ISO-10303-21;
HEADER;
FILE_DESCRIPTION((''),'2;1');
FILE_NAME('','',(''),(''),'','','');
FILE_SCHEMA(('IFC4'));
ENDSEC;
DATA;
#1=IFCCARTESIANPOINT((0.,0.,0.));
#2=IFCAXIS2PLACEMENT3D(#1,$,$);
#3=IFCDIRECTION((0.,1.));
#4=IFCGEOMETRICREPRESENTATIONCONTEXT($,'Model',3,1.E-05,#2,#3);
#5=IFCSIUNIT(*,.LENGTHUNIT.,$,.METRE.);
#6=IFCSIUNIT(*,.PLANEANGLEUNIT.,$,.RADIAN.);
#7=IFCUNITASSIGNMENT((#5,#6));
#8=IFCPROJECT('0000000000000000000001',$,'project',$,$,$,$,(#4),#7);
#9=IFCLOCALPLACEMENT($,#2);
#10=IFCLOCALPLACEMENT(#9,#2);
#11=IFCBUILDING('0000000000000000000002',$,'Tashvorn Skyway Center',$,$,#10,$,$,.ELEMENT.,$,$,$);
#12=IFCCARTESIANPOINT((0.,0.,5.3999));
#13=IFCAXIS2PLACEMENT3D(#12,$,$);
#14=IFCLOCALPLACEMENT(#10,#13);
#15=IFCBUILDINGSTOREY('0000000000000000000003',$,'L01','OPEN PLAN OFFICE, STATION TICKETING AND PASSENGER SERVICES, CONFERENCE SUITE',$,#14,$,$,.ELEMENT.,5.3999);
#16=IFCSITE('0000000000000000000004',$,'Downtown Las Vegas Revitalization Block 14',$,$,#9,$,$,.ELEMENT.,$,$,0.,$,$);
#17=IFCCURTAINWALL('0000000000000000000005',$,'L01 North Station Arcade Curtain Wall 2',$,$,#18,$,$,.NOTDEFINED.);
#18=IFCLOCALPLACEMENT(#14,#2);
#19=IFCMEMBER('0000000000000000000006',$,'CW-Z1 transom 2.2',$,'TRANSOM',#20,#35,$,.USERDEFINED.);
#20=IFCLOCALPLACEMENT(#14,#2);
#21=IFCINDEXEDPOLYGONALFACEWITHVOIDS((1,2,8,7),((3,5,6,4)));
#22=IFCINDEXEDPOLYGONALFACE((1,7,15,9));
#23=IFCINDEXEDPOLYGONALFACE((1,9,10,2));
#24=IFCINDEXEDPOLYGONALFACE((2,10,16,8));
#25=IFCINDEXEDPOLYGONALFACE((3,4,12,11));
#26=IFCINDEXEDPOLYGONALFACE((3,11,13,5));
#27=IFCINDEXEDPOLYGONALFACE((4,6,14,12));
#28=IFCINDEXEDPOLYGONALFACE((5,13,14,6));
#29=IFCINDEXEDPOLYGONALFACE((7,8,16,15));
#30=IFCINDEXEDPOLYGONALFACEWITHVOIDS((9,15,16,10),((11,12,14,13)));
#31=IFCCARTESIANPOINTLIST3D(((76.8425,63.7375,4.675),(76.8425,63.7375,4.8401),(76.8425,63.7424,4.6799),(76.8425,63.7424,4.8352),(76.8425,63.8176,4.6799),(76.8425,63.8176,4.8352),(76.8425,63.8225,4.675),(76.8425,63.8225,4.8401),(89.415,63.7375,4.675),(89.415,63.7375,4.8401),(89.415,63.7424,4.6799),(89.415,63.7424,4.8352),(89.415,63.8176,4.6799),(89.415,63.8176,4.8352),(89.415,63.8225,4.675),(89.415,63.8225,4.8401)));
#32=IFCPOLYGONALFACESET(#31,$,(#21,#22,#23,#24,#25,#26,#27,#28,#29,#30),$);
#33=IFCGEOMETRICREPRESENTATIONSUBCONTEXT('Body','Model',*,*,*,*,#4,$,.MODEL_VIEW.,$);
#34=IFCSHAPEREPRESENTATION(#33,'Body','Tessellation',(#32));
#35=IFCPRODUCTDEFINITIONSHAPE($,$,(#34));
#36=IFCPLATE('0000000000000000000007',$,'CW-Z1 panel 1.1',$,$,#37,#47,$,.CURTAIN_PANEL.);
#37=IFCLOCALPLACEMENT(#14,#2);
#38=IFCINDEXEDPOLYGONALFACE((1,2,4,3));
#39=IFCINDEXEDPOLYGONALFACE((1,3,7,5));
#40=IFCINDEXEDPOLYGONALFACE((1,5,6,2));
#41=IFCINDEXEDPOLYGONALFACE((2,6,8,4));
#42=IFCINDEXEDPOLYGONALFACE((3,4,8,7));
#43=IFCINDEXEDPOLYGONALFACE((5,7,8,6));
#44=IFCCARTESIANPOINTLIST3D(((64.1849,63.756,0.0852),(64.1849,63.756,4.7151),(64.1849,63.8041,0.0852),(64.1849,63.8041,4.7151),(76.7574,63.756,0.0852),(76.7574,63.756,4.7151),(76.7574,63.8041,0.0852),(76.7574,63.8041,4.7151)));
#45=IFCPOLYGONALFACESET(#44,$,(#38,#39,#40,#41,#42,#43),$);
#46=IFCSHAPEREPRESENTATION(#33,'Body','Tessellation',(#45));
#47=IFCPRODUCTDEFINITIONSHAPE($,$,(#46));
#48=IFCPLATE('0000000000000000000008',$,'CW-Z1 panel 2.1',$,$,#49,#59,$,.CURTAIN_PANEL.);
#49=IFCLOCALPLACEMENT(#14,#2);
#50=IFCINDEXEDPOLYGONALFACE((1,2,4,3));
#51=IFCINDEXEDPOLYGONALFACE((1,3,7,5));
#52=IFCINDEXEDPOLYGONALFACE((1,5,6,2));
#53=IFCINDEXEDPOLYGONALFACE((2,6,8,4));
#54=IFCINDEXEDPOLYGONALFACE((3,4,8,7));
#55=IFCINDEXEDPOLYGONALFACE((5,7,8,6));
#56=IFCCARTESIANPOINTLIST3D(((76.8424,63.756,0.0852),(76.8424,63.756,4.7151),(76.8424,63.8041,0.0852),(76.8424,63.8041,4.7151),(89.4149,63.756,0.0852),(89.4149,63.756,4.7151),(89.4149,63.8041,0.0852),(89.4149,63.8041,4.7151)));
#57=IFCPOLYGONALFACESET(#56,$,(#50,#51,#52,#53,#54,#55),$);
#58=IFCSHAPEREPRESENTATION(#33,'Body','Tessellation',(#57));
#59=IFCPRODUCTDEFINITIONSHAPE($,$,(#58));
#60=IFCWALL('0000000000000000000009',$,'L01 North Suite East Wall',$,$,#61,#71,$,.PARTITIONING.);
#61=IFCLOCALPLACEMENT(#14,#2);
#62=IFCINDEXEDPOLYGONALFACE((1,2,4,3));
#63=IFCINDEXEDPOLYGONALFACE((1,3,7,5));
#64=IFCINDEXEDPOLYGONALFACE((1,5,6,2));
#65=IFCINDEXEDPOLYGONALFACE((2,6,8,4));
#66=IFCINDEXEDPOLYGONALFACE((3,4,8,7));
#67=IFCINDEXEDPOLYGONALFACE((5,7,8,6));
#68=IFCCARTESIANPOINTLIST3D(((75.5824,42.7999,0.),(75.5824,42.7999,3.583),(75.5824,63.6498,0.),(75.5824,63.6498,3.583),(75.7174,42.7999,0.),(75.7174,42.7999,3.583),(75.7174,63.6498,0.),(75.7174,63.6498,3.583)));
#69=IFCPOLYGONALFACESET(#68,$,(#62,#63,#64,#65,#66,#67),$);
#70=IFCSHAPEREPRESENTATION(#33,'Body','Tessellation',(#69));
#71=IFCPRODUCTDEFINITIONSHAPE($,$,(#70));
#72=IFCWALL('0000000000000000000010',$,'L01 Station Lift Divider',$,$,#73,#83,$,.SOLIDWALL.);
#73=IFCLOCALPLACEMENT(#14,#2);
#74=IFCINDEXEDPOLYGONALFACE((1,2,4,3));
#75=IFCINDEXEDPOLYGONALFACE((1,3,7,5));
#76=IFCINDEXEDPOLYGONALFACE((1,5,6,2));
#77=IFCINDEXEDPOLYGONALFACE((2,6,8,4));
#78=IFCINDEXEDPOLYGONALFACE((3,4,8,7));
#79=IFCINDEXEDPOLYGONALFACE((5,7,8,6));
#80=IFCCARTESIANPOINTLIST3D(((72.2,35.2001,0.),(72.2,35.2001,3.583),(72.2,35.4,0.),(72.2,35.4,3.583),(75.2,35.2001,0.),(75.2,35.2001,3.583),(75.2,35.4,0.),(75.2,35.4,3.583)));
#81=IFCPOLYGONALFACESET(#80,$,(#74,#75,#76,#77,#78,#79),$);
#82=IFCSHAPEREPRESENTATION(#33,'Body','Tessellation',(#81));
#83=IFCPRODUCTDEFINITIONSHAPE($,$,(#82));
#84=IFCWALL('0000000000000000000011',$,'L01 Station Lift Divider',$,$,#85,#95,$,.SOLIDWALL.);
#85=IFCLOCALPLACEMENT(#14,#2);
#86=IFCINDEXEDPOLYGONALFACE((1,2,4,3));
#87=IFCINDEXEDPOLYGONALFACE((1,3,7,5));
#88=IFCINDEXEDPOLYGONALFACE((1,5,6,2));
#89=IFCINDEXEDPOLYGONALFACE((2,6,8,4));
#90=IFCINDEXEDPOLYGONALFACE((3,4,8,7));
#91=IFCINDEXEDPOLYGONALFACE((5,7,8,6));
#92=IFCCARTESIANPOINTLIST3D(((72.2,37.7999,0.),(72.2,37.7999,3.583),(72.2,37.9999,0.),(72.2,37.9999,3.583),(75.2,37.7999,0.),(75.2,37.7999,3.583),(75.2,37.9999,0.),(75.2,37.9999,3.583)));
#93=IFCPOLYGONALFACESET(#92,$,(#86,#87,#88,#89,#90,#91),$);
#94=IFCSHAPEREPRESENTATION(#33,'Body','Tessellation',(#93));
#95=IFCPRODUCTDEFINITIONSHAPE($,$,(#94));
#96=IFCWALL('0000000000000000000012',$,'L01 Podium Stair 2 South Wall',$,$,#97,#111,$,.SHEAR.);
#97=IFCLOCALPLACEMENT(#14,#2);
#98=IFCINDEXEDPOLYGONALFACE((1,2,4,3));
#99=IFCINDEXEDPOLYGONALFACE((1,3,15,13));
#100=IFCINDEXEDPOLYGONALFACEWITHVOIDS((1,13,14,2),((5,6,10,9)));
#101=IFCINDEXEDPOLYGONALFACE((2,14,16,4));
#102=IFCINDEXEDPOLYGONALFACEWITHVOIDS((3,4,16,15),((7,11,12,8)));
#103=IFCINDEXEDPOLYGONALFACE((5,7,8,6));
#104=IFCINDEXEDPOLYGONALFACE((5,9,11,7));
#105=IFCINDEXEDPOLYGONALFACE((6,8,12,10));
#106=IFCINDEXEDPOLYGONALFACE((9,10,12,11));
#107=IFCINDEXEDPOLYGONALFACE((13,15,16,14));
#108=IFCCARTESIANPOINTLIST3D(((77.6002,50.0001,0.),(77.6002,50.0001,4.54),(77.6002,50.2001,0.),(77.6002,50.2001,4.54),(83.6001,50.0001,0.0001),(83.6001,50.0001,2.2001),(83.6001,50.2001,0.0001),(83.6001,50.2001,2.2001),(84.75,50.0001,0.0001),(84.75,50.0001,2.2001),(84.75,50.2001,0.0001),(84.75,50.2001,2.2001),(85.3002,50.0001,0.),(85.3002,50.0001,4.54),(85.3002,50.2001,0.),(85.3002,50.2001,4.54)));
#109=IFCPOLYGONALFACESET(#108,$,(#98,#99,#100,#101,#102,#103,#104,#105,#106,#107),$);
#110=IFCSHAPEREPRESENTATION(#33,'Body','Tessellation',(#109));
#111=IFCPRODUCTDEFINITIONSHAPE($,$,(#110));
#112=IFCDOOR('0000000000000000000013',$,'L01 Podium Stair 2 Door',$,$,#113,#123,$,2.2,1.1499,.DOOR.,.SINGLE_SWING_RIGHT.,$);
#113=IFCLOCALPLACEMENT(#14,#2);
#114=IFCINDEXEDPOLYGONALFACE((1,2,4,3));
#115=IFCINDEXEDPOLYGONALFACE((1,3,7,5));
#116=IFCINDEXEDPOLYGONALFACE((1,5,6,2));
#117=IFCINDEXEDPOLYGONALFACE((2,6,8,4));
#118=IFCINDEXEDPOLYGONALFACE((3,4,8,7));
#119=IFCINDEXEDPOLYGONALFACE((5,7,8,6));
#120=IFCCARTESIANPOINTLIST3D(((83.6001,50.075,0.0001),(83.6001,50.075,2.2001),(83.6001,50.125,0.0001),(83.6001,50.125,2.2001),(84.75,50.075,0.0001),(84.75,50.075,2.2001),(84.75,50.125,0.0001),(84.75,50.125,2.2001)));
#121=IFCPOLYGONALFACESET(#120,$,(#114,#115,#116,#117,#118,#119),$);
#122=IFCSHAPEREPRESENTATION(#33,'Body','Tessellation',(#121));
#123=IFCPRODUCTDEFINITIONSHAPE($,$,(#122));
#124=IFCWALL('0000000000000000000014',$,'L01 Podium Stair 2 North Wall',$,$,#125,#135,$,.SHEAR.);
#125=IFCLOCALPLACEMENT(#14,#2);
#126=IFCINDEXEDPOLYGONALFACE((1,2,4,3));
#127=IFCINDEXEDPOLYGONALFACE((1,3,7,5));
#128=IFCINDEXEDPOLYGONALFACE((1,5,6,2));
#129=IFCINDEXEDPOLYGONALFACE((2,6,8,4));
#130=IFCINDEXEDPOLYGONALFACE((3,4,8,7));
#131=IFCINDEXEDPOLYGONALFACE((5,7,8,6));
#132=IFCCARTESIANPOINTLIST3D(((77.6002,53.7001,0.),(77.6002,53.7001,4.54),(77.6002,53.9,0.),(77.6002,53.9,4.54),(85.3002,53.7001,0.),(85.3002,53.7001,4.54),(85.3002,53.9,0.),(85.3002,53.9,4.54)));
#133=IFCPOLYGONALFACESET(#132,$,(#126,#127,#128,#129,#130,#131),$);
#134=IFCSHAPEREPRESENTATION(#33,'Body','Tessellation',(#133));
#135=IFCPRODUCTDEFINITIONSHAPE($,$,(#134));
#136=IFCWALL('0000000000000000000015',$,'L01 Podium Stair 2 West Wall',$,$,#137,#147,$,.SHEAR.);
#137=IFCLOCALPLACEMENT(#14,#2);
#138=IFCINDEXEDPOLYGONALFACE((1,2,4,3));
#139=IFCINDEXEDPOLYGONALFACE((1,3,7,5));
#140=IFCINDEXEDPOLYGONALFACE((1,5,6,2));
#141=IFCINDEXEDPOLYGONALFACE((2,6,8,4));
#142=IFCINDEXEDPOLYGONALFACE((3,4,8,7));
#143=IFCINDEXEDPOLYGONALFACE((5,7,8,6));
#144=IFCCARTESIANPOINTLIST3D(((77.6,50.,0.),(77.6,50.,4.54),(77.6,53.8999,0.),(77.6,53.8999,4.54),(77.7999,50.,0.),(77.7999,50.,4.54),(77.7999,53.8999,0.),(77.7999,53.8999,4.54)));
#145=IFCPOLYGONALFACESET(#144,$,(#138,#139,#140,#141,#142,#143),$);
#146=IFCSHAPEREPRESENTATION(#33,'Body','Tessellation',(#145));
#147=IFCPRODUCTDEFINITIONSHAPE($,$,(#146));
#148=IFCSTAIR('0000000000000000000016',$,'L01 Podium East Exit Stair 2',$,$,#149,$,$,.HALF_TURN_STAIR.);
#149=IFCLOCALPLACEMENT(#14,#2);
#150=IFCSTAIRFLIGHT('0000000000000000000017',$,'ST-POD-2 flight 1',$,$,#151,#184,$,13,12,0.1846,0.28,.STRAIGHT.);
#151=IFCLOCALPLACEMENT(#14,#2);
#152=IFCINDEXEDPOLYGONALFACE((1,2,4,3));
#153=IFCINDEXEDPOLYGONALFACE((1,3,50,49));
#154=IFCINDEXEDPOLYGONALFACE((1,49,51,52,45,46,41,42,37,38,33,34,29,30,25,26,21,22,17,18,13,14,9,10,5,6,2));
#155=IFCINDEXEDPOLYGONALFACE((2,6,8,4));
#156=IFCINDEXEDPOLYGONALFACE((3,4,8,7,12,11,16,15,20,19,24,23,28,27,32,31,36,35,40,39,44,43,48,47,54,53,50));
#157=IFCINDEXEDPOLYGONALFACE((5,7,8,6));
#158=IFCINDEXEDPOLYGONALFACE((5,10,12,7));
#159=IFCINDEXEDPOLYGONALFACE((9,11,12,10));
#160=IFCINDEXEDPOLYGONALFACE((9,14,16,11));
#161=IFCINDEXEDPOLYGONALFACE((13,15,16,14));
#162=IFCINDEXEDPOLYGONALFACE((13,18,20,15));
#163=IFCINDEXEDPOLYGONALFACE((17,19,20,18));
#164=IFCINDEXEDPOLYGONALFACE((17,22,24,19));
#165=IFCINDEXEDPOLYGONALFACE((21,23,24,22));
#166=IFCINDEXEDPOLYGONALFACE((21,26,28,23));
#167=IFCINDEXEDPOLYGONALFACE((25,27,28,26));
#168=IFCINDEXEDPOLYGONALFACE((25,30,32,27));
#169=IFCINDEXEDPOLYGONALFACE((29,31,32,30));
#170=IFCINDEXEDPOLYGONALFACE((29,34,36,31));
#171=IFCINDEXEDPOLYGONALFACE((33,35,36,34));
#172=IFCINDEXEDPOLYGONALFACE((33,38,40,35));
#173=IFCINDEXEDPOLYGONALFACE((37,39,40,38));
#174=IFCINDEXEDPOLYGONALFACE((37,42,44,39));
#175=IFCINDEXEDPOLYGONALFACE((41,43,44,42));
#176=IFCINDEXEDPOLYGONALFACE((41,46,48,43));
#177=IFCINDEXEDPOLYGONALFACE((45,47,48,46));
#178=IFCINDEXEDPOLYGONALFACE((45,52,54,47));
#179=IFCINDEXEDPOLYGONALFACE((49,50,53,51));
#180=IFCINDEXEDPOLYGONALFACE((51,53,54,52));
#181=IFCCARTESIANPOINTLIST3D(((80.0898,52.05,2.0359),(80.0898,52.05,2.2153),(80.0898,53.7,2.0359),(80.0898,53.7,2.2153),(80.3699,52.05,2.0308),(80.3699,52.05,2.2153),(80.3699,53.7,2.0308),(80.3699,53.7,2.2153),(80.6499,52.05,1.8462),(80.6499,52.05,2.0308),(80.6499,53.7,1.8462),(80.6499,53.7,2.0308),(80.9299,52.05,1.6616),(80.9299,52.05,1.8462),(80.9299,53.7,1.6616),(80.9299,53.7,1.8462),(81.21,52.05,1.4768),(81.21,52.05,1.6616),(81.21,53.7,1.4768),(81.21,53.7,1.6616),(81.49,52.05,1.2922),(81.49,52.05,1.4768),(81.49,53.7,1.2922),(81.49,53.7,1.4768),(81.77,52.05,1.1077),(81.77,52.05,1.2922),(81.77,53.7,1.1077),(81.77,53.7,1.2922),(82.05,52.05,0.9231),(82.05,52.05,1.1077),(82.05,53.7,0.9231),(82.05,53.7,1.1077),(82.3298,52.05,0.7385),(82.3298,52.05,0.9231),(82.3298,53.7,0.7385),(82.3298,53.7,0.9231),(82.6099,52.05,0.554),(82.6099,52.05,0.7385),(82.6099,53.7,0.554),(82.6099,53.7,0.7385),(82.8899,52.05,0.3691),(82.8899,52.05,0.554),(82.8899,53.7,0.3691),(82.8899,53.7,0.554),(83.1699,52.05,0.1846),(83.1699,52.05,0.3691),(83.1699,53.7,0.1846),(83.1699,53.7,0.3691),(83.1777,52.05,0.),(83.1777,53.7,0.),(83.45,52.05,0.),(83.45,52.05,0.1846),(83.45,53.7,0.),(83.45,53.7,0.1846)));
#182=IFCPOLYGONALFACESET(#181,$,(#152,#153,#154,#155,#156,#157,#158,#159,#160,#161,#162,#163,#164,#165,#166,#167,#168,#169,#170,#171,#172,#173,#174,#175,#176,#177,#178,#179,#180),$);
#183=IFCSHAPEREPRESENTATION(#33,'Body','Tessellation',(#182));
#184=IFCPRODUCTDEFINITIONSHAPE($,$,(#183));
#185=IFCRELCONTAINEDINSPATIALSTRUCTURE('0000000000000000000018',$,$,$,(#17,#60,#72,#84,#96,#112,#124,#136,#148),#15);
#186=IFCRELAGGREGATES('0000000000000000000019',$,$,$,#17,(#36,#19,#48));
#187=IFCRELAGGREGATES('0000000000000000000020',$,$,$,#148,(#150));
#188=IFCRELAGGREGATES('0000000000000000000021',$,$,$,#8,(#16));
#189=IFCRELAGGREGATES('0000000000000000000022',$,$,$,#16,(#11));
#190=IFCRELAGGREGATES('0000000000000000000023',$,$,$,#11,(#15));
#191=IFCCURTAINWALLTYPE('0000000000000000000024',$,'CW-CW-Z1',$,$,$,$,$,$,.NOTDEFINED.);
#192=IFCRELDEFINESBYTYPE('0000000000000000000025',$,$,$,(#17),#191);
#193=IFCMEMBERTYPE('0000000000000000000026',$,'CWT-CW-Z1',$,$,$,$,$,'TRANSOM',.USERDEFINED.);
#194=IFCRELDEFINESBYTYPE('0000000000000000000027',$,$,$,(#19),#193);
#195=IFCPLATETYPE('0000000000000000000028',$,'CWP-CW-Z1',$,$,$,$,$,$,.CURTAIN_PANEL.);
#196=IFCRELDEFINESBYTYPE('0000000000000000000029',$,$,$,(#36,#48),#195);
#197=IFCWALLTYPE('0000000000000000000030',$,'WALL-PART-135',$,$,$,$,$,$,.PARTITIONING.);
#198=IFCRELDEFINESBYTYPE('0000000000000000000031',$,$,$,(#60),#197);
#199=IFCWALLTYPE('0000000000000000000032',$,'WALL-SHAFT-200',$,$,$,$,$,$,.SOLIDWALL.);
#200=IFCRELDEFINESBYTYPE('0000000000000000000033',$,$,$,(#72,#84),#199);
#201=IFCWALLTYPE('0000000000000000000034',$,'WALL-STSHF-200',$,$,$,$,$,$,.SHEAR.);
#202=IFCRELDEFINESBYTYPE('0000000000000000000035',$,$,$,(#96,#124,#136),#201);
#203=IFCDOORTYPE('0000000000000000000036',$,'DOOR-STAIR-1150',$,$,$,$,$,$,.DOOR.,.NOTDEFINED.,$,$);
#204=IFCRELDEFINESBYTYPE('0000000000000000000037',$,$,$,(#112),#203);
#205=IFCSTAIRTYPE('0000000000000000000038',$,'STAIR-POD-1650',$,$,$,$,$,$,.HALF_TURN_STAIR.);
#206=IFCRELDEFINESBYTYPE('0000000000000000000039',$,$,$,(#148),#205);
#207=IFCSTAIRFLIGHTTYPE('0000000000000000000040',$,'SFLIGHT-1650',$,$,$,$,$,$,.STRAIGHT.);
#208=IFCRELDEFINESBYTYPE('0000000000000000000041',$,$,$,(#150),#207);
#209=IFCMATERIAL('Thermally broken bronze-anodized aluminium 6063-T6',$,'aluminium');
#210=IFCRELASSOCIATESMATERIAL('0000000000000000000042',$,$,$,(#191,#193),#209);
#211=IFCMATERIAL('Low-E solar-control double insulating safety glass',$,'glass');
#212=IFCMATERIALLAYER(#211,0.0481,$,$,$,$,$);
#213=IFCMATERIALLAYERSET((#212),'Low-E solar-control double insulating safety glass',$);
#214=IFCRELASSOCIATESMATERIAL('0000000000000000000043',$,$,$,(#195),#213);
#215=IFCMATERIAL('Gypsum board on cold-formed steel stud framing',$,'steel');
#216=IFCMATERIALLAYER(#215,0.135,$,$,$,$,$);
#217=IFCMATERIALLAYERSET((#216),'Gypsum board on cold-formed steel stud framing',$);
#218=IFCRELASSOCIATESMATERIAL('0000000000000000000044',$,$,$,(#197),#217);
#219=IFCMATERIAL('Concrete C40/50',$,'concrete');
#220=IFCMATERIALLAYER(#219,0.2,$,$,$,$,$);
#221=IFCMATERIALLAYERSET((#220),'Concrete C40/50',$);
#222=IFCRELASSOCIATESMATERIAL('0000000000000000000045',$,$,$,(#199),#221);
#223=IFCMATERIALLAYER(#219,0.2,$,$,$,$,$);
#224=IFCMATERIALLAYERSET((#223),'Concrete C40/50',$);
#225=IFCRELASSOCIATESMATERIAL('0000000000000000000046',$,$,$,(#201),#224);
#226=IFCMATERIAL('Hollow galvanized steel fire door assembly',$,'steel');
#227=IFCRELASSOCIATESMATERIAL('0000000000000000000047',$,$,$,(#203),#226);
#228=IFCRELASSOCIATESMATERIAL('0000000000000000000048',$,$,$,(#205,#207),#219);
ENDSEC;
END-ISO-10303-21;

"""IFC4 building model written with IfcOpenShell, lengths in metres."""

from ifc_helpers import new_model, si_unit, direction, frame, frame_2d, origin, origin_2d, place, context, subcontext, project, spatial, polyline, rectangle, hollow_rectangle, outline, extrude, material, layer, layer_set, material_profile, profile_set, type_object, element, fill, aggregate, save


model = new_model("IFC4")

# Units and contexts
model_context = context("Model", 3, precision=1e-05, world=origin(), true_north=direction((0.0, 1.0)))
body_context = subcontext(model_context, "Body", "Model", "MODEL_VIEW")
ifc_project = project(units=[si_unit("LENGTHUNIT", "METRE"), si_unit("PLANEANGLEUNIT", "RADIAN")], contexts=[model_context])

# Site, building, storey
site_placement = place(None, origin())
site = spatial("IfcSite", under=ifc_project, at=site_placement, Name="Downtown Las Vegas Revitalization Block 14", CompositionType="ELEMENT", RefElevation=0.0)
building_placement = place(site_placement, origin())
building = spatial("IfcBuilding", under=site, at=building_placement, Name="Tashvorn Skyway Center", CompositionType="ELEMENT")
storey_placement = place(building_placement, frame((0.0, 0.0, 5.3999)))
storey = spatial("IfcBuildingStorey", under=building, at=storey_placement, Name="L01", Description="OPEN PLAN OFFICE, STATION TICKETING AND PASSENGER SERVICES, CONFERENCE SUITE", CompositionType="ELEMENT", Elevation=5.3999)

# Curtain wall, member, plates
ifc_material_1 = material(Name="Thermally broken bronze-anodized aluminium 6063-T6", Category="aluminium")
curtain_wall_type = type_object("IfcCurtainWallType", Name="CW-CW-Z1", PredefinedType="NOTDEFINED", material=ifc_material_1)
curtain_wall_placement = place(storey_placement, origin())
curtain_wall = element("IfcCurtainWall", 1, at=curtain_wall_placement, inside=storey, type_object=curtain_wall_type, Name="L01 North Station Arcade Curtain Wall 2", PredefinedType="NOTDEFINED")
ifc_material_profile_1 = material_profile(ifc_material_1, hollow_rectangle(XDim=0.085, YDim=0.165, WallThickness=0.0049, at=origin_2d()), Name="ALU-TRAN-85x165")
ifc_profile_set_1 = profile_set([ifc_material_profile_1], Name="Thermally broken bronze-anodized aluminium 6063-T6")
member_type_1 = type_object("IfcMemberType", Name="CWT-CW-Z1", ElementType="TRANSOM", PredefinedType="USERDEFINED", material=ifc_profile_set_1)
member_1_placement = place(storey_placement, frame((76.8425, 63.78, 4.7576), z_axis=(1.0, 0.0, 0.0), x_axis=(0.0, 1.0, 0.0)))
member_1 = element("IfcMember", 2, at=member_1_placement, type_object=member_type_1, Name="CW-Z1 transom 2.2", ObjectType="TRANSOM", PredefinedType="USERDEFINED", context=body_context, shape_type="SweptSolid", body=[
    extrude(hollow_rectangle(XDim=0.085, YDim=0.165, WallThickness=0.0049, at=origin_2d()), origin(), (0.0, 0.0, 1.0), 12.5725),
])
ifc_material_2 = material(Name="Low-E solar-control double insulating safety glass", Category="glass")
ifc_layer_1 = layer(ifc_material_2, 0.0481)
ifc_layer_set_1 = layer_set([ifc_layer_1], Name="Low-E solar-control double insulating safety glass")
plate_type = type_object("IfcPlateType", Name="CWP-CW-Z1", PredefinedType="CURTAIN_PANEL", material=ifc_layer_set_1)
plate_1_placement = place(storey_placement, frame((70.4712, 63.78, 0.0852), z_axis=(0.0, 0.0, 1.0), x_axis=(1.0, 0.0, 0.0)))
plate_1 = element("IfcPlate", 3, at=plate_1_placement, type_object=plate_type, Name="CW-Z1 panel 1.1", PredefinedType="CURTAIN_PANEL", context=body_context, shape_type="SweptSolid", body=[
    extrude(rectangle(XDim=12.5725, YDim=0.0481, at=origin_2d()), origin(), (0.0, 0.0, 1.0), 4.6299),
])
plate_2_placement = place(storey_placement, frame((83.1287, 63.78, 0.0852), z_axis=(0.0, 0.0, 1.0), x_axis=(1.0, 0.0, 0.0)))
plate_2 = element("IfcPlate", 4, at=plate_2_placement, type_object=plate_type, Name="CW-Z1 panel 2.1", PredefinedType="CURTAIN_PANEL", context=body_context, shape_type="SweptSolid", body=[
    extrude(rectangle(XDim=12.5725, YDim=0.0481, at=origin_2d()), origin(), (0.0, 0.0, 1.0), 4.6299),
])
aggregate(curtain_wall, [plate_1, member_1, plate_2])

# Walls
ifc_material_3 = material(Name="Gypsum board on cold-formed steel stud framing", Category="steel")
ifc_layer_2 = layer(ifc_material_3, 0.135)
ifc_layer_set_2 = layer_set([ifc_layer_2], Name="Gypsum board on cold-formed steel stud framing")
wall_type_1 = type_object("IfcWallType", Name="WALL-PART-135", PredefinedType="PARTITIONING", material=ifc_layer_set_2)
wall_1_placement = place(storey_placement, frame((75.6499, 42.8, 0.0), z_axis=(0.0, 0.0, 1.0), x_axis=(0.0, 1.0, 0.0)))
element("IfcWall", 5, at=wall_1_placement, inside=storey, type_object=wall_type_1, Name="L01 North Suite East Wall", PredefinedType="PARTITIONING", context=body_context, shape_type="SweptSolid", body=[
    extrude(rectangle(XDim=20.8499, YDim=0.135, at=frame_2d((10.4248, 0.0))), origin(), (0.0, 0.0, 1.0), 3.583),
])
ifc_material_4 = material(Name="Concrete C40/50", Category="concrete")
ifc_layer_3 = layer(ifc_material_4, 0.2)
ifc_layer_set_3 = layer_set([ifc_layer_3], Name="Concrete C40/50")
wall_type_2 = type_object("IfcWallType", Name="WALL-SHAFT-200", PredefinedType="SOLIDWALL", material=ifc_layer_set_3)
for number, where, z_axis, x_axis, name in (
    (6, (72.2, 35.3, 0.0), (0.0, 0.0, 1.0), (1.0, 0.0, 0.0), "L01 Station Lift Divider"),
    (7, (72.2, 37.8999, 0.0), (0.0, 0.0, 1.0), (1.0, 0.0, 0.0), "L01 Station Lift Divider"),
):
    element("IfcWall", number, at=place(storey_placement, frame(where, z_axis=z_axis, x_axis=x_axis)), inside=storey, type_object=wall_type_2, Name=name, PredefinedType="SOLIDWALL", context=body_context, shape_type="SweptSolid", body=[
        extrude(rectangle(XDim=3.0, YDim=0.2, at=frame_2d((1.5, 0.0))), origin(), (0.0, 0.0, 1.0), 3.583),
    ])

# Wall, opening, door
ifc_layer_4 = layer(ifc_material_4, 0.2)
ifc_layer_set_4 = layer_set([ifc_layer_4], Name="Concrete C40/50")
wall_type_3 = type_object("IfcWallType", Name="WALL-STSHF-200", PredefinedType="SHEAR", material=ifc_layer_set_4)
wall_2_placement = place(storey_placement, frame((77.6001, 50.1001, 0.0), z_axis=(0.0, 0.0, 1.0), x_axis=(1.0, 0.0, 0.0)))
wall_2 = element("IfcWall", 8, at=wall_2_placement, inside=storey, type_object=wall_type_3, Name="L01 Podium Stair 2 South Wall", PredefinedType="SHEAR", context=body_context, shape_type="SweptSolid", body=[
    extrude(rectangle(XDim=7.7, YDim=0.2, at=frame_2d((3.8501, 0.0))), origin(), (0.0, 0.0, 1.0), 4.54),
])
opening_placement = place(wall_2_placement, frame((6.0, 0.0, 0.0)))
opening = element("IfcOpeningElement", 9, at=opening_placement, cuts=wall_2, PredefinedType="OPENING", context=body_context, shape_type="SweptSolid", body=[
    extrude(rectangle(XDim=1.1499, YDim=2.2, at=frame_2d((0.575, 1.1001))), frame((0.0, 0.1099, 0.0), z_axis=(0.0, -1.0, 0.0), x_axis=(1.0, 0.0, 0.0)), (0.0, 0.0, 1.0), 0.22),
])
ifc_material_5 = material(Name="Hollow galvanized steel fire door assembly", Category="steel")
door_type = type_object("IfcDoorType", Name="DOOR-STAIR-1150", OperationType="NOTDEFINED", PredefinedType="DOOR", material=ifc_material_5)
door_placement = place(opening_placement, origin())
door = element("IfcDoor", 10, at=door_placement, inside=storey, type_object=door_type, Name="L01 Podium Stair 2 Door", OperationType="SINGLE_SWING_RIGHT", OverallHeight=2.2, OverallWidth=1.1499, PredefinedType="DOOR", context=body_context, shape_type="SweptSolid", body=[
    extrude(rectangle(XDim=1.1499, YDim=2.2, at=frame_2d((0.575, 1.1001))), frame((0.0, 0.0249, 0.0), z_axis=(0.0, -1.0, 0.0), x_axis=(1.0, 0.0, 0.0)), (0.0, 0.0, 1.0), 0.05),
])
fill(opening, door)

# Walls
wall_3_placement = place(storey_placement, frame((77.6001, 53.8, 0.0), z_axis=(0.0, 0.0, 1.0), x_axis=(1.0, 0.0, 0.0)))
element("IfcWall", 11, at=wall_3_placement, inside=storey, type_object=wall_type_3, Name="L01 Podium Stair 2 North Wall", PredefinedType="SHEAR", context=body_context, shape_type="SweptSolid", body=[
    extrude(rectangle(XDim=7.7, YDim=0.2, at=frame_2d((3.8501, 0.0))), origin(), (0.0, 0.0, 1.0), 4.54),
])
wall_4_placement = place(storey_placement, frame((77.7, 50.0, 0.0), z_axis=(0.0, 0.0, 1.0), x_axis=(0.0, 1.0, 0.0)))
element("IfcWall", 12, at=wall_4_placement, inside=storey, type_object=wall_type_3, Name="L01 Podium Stair 2 West Wall", PredefinedType="SHEAR", context=body_context, shape_type="SweptSolid", body=[
    extrude(rectangle(XDim=3.8999, YDim=0.2, at=frame_2d((1.95, 0.0))), origin(), (0.0, 0.0, 1.0), 4.54),
])

# Stair, stair flight
stair_type = type_object("IfcStairType", Name="STAIR-POD-1650", PredefinedType="HALF_TURN_STAIR", material=ifc_material_4)
stair_placement = place(storey_placement, origin())
stair = element("IfcStair", 13, at=stair_placement, inside=storey, type_object=stair_type, Name="L01 Podium East Exit Stair 2", PredefinedType="HALF_TURN_STAIR")
stair_flight_type = type_object("IfcStairFlightType", Name="SFLIGHT-1650", PredefinedType="STRAIGHT", material=ifc_material_4)
stair_flight_1_placement = place(storey_placement, frame((83.45, 52.875, 0.0), z_axis=(0.0, 0.0, 1.0), x_axis=(-1.0, 0.0, 0.0)))
stair_flight_1 = element("IfcStairFlight", 14, at=stair_flight_1_placement, type_object=stair_flight_type, Name="ST-POD-2 flight 1", NumberOfRisers=13, NumberOfTreads=12, PredefinedType="STRAIGHT", RiserHeight=0.1846, TreadLength=0.28, context=body_context, shape_type="SweptSolid", body=[
    extrude(outline(polyline([(0.0, 0.0), (0.0, 0.1846), (0.28, 0.1846), (0.28, 0.3691), (0.5601, 0.3691), (0.5601, 0.554), (0.8401, 0.554), (0.8401, 0.7385), (1.1201, 0.7385), (1.1201, 0.9231), (1.3999, 0.9231), (1.3999, 1.1077), (1.6799, 1.1077), (1.6799, 1.2922), (1.96, 1.2922), (1.96, 1.4768), (2.24, 1.4768), (2.24, 1.6616), (2.52, 1.6616), (2.52, 1.8462), (2.8, 1.8462), (2.8, 2.0308), (3.0801, 2.0308), (3.0801, 2.2153), (3.3601, 2.2153), (3.3601, 2.3999), (3.3601, 2.0359), (0.2722, 0.0), (0.0, 0.0)])), frame((0.0, 0.825, 0.0), z_axis=(0.0, -1.0, 0.0), x_axis=(1.0, 0.0, 0.0)), (0.0, 0.0, 1.0), 1.6499),
])
aggregate(stair, [stair_flight_1])

save(model, "model.ifc")
